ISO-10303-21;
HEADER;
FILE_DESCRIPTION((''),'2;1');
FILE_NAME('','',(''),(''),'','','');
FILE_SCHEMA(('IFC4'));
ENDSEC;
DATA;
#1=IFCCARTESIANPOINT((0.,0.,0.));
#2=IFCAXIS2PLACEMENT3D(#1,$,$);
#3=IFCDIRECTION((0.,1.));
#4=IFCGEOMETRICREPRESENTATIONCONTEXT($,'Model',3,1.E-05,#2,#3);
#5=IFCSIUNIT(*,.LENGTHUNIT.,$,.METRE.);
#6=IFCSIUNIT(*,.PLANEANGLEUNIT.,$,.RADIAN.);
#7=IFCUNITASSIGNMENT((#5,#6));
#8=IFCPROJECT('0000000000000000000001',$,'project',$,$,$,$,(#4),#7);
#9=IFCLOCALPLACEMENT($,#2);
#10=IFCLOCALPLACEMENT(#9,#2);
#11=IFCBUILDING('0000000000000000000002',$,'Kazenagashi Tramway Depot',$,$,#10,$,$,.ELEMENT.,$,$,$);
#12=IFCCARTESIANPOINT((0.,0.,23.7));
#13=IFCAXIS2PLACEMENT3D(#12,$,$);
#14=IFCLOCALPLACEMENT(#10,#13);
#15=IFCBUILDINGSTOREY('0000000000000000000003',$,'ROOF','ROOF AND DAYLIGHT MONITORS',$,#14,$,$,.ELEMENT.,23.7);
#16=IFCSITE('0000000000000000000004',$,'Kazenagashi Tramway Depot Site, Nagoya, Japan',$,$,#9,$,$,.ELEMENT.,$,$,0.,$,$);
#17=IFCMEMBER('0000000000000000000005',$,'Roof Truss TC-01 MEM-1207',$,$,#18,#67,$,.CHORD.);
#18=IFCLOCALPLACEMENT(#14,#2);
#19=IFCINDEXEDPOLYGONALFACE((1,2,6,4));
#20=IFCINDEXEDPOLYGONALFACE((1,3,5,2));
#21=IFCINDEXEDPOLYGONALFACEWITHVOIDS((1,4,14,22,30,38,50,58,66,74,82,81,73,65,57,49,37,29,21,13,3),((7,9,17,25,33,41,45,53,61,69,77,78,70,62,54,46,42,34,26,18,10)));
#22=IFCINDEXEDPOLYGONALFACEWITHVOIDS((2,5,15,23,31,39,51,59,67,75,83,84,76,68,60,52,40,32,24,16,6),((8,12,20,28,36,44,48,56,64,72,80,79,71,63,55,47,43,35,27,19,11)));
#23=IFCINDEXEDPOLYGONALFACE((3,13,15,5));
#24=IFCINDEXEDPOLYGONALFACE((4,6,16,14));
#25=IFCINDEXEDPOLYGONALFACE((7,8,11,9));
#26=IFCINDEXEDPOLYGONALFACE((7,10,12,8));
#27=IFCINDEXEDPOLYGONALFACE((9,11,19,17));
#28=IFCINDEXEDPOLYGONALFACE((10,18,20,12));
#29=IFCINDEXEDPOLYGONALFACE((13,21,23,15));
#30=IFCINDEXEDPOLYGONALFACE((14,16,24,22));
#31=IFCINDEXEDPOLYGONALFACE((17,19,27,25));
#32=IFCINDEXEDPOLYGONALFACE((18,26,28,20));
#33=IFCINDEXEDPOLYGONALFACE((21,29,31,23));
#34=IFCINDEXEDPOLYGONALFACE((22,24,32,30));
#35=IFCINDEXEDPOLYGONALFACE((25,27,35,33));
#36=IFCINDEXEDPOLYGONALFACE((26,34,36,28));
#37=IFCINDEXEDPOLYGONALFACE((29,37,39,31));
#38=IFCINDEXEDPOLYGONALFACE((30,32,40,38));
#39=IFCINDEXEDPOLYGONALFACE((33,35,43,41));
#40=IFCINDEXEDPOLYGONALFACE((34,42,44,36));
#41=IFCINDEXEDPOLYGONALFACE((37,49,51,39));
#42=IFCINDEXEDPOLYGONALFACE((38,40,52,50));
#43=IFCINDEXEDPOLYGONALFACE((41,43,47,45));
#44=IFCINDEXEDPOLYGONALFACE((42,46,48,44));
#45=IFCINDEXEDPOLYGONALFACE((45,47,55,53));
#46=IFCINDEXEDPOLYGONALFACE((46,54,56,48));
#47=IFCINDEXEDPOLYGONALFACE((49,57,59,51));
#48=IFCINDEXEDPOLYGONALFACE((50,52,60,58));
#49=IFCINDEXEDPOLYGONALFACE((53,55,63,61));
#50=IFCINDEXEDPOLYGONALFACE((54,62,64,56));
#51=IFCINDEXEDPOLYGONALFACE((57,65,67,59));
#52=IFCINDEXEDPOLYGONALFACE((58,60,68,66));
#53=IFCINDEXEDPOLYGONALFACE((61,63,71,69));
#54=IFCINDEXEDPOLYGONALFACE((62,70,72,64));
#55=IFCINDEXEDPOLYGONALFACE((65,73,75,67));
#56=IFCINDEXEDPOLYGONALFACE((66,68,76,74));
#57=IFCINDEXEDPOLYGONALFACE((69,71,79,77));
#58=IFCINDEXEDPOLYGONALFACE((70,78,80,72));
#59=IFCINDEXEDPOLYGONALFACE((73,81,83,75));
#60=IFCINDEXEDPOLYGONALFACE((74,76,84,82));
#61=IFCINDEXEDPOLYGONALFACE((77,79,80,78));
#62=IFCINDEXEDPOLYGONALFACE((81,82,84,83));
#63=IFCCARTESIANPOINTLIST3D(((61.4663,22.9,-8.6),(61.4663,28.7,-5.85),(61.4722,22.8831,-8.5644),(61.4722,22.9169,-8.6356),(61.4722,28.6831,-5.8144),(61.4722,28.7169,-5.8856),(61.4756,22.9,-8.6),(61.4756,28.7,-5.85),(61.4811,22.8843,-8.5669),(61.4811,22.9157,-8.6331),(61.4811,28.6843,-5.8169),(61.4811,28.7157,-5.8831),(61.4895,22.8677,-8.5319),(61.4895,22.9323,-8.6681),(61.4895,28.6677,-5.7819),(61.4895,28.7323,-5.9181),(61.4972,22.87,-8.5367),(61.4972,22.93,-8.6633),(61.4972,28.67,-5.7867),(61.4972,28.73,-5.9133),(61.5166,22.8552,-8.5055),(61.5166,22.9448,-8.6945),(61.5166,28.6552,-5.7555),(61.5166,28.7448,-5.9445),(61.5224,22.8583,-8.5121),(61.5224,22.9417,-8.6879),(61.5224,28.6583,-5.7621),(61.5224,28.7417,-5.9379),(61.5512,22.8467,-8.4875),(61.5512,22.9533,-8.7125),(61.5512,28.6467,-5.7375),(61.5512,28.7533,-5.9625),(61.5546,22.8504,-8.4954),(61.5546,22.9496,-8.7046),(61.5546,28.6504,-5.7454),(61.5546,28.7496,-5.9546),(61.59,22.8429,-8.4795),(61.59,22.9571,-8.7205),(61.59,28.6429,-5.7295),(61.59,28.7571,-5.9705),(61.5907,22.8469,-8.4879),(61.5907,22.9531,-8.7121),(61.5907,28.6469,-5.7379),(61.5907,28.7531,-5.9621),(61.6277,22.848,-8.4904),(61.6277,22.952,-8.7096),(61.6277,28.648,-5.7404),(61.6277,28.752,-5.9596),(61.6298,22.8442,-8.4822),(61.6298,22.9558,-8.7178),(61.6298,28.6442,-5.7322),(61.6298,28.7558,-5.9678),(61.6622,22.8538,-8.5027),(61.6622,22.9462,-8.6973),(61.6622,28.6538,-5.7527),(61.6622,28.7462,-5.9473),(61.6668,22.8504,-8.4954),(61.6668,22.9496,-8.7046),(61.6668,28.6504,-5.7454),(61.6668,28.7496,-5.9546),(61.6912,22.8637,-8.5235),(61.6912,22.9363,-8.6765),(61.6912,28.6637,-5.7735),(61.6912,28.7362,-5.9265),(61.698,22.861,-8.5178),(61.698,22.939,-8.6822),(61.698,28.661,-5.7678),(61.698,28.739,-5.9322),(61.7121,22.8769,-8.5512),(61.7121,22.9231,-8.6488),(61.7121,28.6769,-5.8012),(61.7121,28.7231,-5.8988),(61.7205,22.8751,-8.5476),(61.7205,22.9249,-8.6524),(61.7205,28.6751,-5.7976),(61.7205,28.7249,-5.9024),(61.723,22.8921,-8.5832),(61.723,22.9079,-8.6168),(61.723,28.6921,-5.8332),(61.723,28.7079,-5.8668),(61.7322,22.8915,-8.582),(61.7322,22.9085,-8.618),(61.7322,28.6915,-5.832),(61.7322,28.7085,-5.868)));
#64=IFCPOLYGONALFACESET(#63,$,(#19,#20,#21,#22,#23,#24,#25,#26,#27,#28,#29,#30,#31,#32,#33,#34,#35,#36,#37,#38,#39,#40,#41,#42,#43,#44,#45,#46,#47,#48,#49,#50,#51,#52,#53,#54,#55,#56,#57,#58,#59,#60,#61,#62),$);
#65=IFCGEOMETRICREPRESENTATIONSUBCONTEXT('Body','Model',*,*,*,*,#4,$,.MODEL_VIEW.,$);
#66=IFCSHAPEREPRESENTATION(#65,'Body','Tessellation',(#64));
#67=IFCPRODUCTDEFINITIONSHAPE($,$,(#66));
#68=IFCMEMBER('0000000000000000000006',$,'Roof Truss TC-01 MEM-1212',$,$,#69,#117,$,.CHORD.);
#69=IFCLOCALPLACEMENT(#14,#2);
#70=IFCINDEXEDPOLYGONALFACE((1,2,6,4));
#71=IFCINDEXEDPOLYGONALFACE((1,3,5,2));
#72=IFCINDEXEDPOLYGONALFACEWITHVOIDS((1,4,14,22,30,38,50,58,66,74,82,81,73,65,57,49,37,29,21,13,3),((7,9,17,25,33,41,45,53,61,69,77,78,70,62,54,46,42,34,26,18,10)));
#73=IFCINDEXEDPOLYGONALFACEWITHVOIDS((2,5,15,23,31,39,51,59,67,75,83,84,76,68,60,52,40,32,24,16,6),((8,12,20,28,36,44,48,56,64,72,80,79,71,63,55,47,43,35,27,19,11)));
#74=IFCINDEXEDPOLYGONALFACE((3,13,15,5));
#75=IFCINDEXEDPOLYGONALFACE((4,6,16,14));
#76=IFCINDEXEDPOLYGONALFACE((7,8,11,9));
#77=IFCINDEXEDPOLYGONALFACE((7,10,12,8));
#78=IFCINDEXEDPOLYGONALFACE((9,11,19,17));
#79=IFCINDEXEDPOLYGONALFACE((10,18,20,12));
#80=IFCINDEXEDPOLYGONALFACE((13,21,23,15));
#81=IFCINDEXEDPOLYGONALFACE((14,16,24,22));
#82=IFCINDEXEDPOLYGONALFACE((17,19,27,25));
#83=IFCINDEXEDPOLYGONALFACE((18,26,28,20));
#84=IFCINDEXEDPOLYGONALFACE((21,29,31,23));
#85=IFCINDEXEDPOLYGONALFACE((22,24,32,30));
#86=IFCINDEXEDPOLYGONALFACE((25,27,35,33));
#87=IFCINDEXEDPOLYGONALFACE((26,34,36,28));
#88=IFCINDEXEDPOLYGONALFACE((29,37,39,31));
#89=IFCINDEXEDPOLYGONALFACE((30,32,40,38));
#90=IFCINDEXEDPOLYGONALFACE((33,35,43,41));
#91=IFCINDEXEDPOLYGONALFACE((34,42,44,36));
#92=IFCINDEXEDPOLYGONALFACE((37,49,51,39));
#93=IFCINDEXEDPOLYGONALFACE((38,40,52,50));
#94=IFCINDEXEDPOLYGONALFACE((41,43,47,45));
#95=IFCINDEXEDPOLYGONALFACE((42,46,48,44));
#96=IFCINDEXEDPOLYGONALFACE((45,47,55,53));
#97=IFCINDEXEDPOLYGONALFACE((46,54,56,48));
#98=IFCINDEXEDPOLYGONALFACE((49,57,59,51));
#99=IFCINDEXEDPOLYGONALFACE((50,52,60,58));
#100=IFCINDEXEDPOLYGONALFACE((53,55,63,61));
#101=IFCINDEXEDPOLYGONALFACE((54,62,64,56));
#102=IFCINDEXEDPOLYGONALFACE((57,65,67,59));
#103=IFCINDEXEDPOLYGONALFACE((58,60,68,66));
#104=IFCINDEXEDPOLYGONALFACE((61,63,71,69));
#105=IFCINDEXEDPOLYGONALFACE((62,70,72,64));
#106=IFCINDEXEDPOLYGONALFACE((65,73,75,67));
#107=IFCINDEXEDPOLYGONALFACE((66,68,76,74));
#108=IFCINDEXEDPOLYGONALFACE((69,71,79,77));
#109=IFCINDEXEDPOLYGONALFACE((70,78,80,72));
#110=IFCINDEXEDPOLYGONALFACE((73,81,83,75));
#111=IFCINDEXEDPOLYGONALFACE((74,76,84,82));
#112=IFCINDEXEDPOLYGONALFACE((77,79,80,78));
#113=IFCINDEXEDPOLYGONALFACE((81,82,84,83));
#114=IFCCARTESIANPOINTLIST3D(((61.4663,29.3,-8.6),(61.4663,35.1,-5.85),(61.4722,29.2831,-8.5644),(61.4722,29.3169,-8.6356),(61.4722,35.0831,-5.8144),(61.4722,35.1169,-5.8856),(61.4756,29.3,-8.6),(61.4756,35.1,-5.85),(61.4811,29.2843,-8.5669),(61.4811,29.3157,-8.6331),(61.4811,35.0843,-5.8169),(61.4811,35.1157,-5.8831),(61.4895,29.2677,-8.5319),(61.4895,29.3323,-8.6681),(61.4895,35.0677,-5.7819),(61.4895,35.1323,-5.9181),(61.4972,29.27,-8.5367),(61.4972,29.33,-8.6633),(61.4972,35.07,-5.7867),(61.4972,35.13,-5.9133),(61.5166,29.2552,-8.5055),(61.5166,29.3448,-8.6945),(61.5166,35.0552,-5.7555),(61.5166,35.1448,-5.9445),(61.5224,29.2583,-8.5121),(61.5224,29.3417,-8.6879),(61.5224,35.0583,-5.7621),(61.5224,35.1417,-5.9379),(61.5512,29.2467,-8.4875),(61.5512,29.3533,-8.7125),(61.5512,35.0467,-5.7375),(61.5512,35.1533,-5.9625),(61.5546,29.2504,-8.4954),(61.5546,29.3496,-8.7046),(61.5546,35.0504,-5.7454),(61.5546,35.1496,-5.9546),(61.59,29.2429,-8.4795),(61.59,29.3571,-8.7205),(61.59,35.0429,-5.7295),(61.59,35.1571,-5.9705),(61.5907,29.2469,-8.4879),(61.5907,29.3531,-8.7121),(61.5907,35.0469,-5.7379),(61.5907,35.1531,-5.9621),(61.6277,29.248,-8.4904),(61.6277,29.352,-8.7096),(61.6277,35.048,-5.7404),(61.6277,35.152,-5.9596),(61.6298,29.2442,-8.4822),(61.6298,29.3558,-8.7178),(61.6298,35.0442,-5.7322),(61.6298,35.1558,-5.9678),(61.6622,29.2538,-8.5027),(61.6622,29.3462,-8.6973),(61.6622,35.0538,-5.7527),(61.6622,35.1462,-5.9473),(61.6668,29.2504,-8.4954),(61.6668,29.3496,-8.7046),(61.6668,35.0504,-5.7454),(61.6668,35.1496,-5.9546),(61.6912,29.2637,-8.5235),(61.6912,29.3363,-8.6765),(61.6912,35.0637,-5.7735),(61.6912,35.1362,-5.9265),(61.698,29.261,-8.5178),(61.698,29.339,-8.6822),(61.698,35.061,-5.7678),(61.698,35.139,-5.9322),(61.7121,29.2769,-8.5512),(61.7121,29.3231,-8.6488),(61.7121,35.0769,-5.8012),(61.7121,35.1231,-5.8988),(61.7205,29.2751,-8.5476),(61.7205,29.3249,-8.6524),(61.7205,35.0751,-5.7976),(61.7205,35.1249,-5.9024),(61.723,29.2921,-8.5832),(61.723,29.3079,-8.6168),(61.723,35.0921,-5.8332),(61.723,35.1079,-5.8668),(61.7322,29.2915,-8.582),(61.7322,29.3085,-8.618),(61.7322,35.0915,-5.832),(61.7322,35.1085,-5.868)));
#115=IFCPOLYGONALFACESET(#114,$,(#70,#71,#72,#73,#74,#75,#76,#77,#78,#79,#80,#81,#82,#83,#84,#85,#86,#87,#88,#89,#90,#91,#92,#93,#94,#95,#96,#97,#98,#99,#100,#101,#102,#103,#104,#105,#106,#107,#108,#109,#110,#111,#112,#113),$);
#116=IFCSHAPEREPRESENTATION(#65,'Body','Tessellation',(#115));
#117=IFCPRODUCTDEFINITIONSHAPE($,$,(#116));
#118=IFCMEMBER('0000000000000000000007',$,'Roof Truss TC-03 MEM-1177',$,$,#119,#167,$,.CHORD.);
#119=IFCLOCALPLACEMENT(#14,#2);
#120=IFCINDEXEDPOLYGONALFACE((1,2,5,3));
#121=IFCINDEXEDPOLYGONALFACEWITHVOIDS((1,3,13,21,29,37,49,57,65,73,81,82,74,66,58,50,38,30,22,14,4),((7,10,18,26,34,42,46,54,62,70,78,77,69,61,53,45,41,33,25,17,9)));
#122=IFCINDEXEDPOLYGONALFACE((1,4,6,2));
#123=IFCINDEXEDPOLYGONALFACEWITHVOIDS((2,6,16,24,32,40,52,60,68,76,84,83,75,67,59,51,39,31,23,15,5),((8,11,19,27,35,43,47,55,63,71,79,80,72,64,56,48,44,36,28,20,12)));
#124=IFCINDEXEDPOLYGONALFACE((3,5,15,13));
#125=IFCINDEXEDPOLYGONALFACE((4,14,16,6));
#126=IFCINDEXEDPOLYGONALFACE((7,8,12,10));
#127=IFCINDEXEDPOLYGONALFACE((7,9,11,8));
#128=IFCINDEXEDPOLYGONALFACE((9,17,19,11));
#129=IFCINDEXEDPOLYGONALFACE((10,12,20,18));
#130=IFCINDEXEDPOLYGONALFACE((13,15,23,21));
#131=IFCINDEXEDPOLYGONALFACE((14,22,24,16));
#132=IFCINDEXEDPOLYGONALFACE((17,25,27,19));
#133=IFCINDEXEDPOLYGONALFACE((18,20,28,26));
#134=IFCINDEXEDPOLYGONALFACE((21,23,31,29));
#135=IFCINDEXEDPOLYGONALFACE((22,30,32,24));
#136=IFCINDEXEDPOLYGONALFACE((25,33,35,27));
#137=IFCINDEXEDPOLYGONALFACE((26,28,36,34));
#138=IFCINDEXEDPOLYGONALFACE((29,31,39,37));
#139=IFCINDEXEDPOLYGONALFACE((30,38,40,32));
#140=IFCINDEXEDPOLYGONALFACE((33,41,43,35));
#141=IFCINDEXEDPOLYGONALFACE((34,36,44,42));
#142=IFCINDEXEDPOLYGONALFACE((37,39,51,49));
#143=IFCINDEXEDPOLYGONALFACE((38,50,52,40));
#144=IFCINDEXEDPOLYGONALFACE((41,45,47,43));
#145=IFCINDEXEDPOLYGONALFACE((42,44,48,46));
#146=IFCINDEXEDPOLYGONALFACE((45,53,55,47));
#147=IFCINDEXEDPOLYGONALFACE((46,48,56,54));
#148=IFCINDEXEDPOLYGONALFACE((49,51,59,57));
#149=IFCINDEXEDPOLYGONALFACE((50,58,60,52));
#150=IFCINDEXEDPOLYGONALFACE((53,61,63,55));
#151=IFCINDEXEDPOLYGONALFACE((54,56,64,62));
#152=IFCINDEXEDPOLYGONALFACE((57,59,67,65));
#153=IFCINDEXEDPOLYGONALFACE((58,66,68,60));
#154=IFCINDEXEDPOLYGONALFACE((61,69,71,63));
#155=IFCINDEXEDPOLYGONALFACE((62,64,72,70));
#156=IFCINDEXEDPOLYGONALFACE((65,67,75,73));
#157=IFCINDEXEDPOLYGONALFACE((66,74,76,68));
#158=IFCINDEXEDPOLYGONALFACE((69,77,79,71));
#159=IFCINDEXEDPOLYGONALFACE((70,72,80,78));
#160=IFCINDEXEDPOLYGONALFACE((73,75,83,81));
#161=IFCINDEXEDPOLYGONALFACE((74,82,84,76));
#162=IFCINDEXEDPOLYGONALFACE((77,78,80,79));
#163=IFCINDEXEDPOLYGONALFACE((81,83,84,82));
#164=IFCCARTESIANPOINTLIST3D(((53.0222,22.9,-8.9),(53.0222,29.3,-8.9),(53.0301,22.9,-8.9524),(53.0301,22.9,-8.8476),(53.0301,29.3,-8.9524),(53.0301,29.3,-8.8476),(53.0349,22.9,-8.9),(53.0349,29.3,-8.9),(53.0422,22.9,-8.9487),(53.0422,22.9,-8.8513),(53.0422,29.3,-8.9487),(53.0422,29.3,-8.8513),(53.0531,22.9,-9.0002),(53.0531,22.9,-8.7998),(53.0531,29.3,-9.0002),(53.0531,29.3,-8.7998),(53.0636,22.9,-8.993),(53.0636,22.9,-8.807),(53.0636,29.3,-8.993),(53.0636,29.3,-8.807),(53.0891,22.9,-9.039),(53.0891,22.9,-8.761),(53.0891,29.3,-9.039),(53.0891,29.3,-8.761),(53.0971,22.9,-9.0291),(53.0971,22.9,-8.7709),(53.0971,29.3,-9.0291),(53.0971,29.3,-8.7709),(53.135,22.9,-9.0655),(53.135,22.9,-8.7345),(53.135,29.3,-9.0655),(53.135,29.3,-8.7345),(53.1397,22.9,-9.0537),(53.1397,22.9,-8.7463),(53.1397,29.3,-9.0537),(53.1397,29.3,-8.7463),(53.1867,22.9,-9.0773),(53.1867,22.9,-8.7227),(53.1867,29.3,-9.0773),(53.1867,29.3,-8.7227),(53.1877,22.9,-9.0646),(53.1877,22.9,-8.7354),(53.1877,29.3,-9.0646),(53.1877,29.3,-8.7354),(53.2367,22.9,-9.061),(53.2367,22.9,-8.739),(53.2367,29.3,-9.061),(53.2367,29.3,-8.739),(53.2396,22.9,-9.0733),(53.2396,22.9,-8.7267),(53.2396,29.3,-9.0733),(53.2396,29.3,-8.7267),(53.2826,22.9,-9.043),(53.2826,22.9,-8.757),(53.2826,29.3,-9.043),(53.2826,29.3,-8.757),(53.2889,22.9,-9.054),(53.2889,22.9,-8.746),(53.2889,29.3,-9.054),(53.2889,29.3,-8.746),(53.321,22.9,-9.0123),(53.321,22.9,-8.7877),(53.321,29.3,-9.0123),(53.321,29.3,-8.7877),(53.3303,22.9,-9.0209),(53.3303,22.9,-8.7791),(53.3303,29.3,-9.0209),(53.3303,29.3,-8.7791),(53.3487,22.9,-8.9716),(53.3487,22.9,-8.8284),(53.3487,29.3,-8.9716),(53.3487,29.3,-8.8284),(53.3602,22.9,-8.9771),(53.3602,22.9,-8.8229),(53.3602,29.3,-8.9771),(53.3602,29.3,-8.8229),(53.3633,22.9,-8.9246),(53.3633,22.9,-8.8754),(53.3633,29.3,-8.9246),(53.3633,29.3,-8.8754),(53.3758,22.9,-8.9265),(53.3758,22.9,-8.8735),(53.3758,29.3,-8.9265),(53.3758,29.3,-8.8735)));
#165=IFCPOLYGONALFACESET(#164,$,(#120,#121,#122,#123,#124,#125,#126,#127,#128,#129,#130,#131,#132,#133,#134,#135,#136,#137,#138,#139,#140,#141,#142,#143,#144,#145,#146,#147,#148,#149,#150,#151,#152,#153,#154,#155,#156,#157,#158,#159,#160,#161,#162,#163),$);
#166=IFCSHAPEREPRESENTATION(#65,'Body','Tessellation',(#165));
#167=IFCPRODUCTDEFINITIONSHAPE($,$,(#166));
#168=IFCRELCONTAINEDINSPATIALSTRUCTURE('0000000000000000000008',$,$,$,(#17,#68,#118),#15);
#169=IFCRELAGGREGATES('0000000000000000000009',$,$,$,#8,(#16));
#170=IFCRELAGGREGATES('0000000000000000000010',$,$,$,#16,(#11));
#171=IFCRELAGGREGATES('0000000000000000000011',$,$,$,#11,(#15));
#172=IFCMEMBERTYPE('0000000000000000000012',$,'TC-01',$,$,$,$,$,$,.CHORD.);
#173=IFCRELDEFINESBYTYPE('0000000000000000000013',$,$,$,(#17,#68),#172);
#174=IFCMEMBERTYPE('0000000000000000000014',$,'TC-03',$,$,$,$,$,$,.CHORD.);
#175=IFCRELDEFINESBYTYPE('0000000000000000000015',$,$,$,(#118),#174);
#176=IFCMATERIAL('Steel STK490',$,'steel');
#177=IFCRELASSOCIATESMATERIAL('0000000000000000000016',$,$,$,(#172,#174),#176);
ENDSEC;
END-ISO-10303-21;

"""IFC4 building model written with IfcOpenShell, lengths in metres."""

from ifc_helpers import new_model, si_unit, direction, frame, origin, origin_2d, place, context, subcontext, project, spatial, hollow_circle, extrude, material, material_profile, profile_set, type_object, element, save


model = new_model("IFC4")

# Units and contexts
model_context = context("Model", 3, precision=1e-05, world=origin(), true_north=direction((0.0, 1.0)))
body_context = subcontext(model_context, "Body", "Model", "MODEL_VIEW")
ifc_project = project(units=[si_unit("LENGTHUNIT", "METRE"), si_unit("PLANEANGLEUNIT", "RADIAN")], contexts=[model_context])

# Site, building, storey
site_placement = place(None, origin())
site = spatial("IfcSite", under=ifc_project, at=site_placement, Name="Kazenagashi Tramway Depot Site, Nagoya, Japan", CompositionType="ELEMENT", RefElevation=0.0)
building_placement = place(site_placement, origin())
building = spatial("IfcBuilding", under=site, at=building_placement, Name="Kazenagashi Tramway Depot", CompositionType="ELEMENT")
storey_placement = place(building_placement, frame((0.0, 0.0, 23.7)))
storey = spatial("IfcBuildingStorey", under=building, at=storey_placement, Name="ROOF", Description="ROOF AND DAYLIGHT MONITORS", CompositionType="ELEMENT", Elevation=23.7)

# Members
ifc_material_1 = material(Name="Steel STK490", Category="steel")
ifc_material_profile_1 = material_profile(ifc_material_1, hollow_circle(Radius=0.1337, WallThickness=0.0093, at=origin_2d()), Name="CHS-267.4x9.3")
ifc_profile_set_1 = profile_set([ifc_material_profile_1], Name="Steel STK490")
member_type_1 = type_object("IfcMemberType", Name="TC-01", PredefinedType="CHORD", material=ifc_profile_set_1)
for number, where, z_axis, x_axis, name in (
    (1, (61.6, 22.9, -8.6), (0.0, 0.903579, 0.428421), (-1.0, 0.0, 0.0), "Roof Truss TC-01 MEM-1207"),
    (2, (61.6, 29.3, -8.6), (0.0, 0.903579, 0.428421), (-1.0, 0.0, 0.0), "Roof Truss TC-01 MEM-1212"),
):
    element("IfcMember", number, at=place(storey_placement, frame(where, z_axis=z_axis, x_axis=x_axis)), inside=storey, type_object=member_type_1, Name=name, PredefinedType="CHORD", context=body_context, shape_type="SweptSolid", body=[
        extrude(hollow_circle(Radius=0.1337, WallThickness=0.0093, at=origin_2d()), origin(), (0.0, 0.0, 1.0), 6.4189),
    ])
ifc_material_profile_2 = material_profile(ifc_material_1, hollow_circle(Radius=0.1778, WallThickness=0.0127, at=origin_2d()), Name="CHS-355.6x12.7")
ifc_profile_set_2 = profile_set([ifc_material_profile_2], Name="Steel STK490")
member_type_2 = type_object("IfcMemberType", Name="TC-03", PredefinedType="CHORD", material=ifc_profile_set_2)
for number, where, z_axis, x_axis, name in (
    (3, (53.2, 22.9, -8.9), (0.0, 1.0, 0.0), (-1.0, 0.0, 0.0), "Roof Truss TC-03 MEM-1177"),
):
    element("IfcMember", number, at=place(storey_placement, frame(where, z_axis=z_axis, x_axis=x_axis)), inside=storey, type_object=member_type_2, Name=name, PredefinedType="CHORD", context=body_context, shape_type="SweptSolid", body=[
        extrude(hollow_circle(Radius=0.1778, WallThickness=0.0127, at=origin_2d()), origin(), (0.0, 0.0, 1.0), 6.4),
    ])

save(model, "model.ifc")
